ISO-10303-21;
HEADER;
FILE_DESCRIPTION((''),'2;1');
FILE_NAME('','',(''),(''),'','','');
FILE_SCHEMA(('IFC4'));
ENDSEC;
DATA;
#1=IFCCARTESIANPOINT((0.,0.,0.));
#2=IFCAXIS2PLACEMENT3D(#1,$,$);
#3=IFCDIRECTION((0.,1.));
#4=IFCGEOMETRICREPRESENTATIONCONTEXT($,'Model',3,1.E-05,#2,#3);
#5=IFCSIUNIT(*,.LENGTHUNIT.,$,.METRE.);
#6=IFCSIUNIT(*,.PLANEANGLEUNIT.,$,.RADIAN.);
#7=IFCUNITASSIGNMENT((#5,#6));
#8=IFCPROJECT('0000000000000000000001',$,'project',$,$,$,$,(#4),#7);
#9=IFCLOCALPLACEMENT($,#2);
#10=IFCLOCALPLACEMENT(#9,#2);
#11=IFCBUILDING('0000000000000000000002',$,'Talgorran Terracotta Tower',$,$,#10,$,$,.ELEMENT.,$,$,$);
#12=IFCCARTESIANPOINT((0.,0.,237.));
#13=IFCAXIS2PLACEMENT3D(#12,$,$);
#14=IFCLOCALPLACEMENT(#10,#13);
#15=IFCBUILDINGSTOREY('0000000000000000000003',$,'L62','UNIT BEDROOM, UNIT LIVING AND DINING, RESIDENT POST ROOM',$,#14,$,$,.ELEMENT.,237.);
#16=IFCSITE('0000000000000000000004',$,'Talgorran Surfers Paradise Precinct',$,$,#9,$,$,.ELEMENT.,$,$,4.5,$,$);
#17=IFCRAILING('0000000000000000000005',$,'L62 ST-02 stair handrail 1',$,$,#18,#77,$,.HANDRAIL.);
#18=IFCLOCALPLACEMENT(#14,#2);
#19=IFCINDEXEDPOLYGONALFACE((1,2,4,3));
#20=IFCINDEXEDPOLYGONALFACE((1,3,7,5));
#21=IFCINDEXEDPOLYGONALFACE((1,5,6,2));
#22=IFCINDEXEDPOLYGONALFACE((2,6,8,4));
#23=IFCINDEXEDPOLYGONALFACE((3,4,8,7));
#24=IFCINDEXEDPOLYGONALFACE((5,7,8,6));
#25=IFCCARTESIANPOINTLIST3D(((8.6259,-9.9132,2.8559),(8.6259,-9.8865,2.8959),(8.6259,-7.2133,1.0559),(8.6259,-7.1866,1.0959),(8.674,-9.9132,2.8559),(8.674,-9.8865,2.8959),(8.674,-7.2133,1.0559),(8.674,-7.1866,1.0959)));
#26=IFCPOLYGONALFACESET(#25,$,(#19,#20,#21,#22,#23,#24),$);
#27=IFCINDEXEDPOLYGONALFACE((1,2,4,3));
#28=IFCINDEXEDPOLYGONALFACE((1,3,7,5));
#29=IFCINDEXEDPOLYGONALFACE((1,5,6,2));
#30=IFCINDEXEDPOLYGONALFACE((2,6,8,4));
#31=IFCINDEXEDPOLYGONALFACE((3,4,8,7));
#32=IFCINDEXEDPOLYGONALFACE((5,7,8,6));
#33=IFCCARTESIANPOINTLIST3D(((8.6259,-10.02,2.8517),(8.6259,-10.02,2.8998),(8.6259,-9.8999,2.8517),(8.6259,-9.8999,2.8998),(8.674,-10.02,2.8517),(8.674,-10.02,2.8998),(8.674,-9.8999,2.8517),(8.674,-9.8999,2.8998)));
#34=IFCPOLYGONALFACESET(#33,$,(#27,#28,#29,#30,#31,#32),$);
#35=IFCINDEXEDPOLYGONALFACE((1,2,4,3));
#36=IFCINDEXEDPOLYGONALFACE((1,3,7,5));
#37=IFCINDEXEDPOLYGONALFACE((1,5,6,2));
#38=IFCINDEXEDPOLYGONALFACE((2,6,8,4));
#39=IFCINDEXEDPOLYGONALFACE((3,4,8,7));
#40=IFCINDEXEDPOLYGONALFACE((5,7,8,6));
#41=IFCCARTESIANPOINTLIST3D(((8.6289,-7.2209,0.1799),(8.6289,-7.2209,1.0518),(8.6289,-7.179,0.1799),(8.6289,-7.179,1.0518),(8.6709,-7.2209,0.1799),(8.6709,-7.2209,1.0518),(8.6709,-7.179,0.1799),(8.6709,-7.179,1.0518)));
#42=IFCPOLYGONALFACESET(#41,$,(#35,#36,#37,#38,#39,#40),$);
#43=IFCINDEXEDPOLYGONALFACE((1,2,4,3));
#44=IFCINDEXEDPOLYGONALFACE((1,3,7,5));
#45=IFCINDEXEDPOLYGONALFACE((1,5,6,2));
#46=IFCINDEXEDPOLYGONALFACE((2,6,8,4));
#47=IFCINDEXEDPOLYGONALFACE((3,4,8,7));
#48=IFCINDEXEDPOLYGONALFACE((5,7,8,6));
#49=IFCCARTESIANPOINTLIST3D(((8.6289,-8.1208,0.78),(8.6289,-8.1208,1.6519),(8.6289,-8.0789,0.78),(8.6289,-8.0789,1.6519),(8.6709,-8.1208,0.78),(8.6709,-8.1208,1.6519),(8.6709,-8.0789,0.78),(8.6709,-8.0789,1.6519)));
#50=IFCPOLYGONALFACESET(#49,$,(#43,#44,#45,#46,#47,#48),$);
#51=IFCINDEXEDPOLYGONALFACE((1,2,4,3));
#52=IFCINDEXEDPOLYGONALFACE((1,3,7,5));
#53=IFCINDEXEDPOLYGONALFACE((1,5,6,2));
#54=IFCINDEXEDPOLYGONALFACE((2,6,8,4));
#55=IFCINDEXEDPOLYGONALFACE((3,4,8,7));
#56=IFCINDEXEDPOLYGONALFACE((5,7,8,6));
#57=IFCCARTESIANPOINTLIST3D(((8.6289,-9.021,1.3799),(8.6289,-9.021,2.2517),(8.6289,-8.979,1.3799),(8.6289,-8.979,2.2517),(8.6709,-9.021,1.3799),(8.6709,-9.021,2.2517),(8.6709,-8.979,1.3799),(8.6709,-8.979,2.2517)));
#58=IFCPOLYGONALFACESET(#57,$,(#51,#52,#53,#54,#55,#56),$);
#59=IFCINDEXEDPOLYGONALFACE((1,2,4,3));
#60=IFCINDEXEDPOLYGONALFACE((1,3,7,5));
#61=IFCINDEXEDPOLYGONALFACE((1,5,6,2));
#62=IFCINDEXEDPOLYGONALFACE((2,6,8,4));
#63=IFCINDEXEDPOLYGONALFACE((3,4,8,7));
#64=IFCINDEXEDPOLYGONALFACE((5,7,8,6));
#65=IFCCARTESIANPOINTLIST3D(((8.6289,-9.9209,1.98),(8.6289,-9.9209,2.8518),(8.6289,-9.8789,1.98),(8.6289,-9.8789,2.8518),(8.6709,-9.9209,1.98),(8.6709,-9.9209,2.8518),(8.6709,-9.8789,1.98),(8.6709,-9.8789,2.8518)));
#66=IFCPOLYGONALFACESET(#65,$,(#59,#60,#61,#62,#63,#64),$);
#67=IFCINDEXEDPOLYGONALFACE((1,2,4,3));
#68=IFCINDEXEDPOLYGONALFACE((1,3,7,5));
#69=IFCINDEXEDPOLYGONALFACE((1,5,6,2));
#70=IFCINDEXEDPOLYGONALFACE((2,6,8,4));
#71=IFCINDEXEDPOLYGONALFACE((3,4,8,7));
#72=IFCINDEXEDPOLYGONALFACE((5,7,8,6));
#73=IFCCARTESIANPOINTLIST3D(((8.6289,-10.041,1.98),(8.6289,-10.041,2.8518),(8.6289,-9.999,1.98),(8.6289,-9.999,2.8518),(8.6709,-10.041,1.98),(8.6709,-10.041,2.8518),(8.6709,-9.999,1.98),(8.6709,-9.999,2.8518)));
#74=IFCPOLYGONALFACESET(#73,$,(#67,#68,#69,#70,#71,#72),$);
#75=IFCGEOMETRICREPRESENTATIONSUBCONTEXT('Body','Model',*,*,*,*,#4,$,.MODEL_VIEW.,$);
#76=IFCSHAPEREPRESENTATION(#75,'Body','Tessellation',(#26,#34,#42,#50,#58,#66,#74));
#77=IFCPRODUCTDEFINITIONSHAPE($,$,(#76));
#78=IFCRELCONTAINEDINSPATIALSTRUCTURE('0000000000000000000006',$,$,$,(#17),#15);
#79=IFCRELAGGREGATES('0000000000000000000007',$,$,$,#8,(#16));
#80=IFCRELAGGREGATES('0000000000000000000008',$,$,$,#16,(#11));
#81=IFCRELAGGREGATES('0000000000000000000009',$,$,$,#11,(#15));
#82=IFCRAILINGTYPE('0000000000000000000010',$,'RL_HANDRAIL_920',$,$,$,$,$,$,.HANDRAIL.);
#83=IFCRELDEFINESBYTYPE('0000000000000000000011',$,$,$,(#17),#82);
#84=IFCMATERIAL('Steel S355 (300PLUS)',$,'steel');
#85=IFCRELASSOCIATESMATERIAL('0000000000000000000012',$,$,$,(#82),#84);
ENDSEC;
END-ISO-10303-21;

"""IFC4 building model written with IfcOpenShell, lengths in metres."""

from ifc_helpers import new_model, si_unit, direction, frame, origin, origin_2d, place, context, subcontext, project, spatial, rectangle, extrude, material, type_object, element, save


model = new_model("IFC4")

# Units and contexts
model_context = context("Model", 3, precision=1e-05, world=origin(), true_north=direction((0.0, 1.0)))
body_context = subcontext(model_context, "Body", "Model", "MODEL_VIEW")
ifc_project = project(units=[si_unit("LENGTHUNIT", "METRE"), si_unit("PLANEANGLEUNIT", "RADIAN")], contexts=[model_context])

# Site, building, storey
site_placement = place(None, origin())
site = spatial("IfcSite", under=ifc_project, at=site_placement, Name="Talgorran Surfers Paradise Precinct", CompositionType="ELEMENT", RefElevation=4.5)
building_placement = place(site_placement, origin())
building = spatial("IfcBuilding", under=site, at=building_placement, Name="Talgorran Terracotta Tower", CompositionType="ELEMENT")
storey_placement = place(building_placement, frame((0.0, 0.0, 237.0)))
storey = spatial("IfcBuildingStorey", under=building, at=storey_placement, Name="L62", Description="UNIT BEDROOM, UNIT LIVING AND DINING, RESIDENT POST ROOM", CompositionType="ELEMENT", Elevation=237.0)

# Shared definitions
ifc_material_1 = material(Name="Steel S355 (300PLUS)", Category="steel")

# Railing
railing_type = type_object("IfcRailingType", Name="RL_HANDRAIL_920", PredefinedType="HANDRAIL", material=ifc_material_1)
railing_placement = place(storey_placement, frame((8.6499, -7.2, 0.1799)))
element("IfcRailing", 1, at=railing_placement, inside=storey, type_object=railing_type, Name="L62 ST-02 stair handrail 1", PredefinedType="HANDRAIL", context=body_context, shape_type="SweptSolid", body=[
    extrude(rectangle(XDim=0.0481, YDim=0.0481, at=origin_2d()), frame((0.0, 0.0, 0.896), z_axis=(0.0, -0.832039, 0.554718), x_axis=(1.0, 0.0, 0.0)), (0.0, 0.0, 1.0), 3.2449),
    extrude(rectangle(XDim=0.0481, YDim=0.0481, at=origin_2d()), frame((0.0, -2.7, 2.6958), z_axis=(0.0, -1.0, 0.0), x_axis=(1.0, 0.0, 0.0)), (0.0, 0.0, 1.0), 0.1201),
    extrude(rectangle(XDim=0.042, YDim=0.042, at=origin_2d()), origin(), (0.0, 0.0, 1.0), 0.8718),
    extrude(rectangle(XDim=0.042, YDim=0.042, at=origin_2d()), frame((0.0, -0.8999, 0.6001)), (0.0, 0.0, 1.0), 0.8718),
    extrude(rectangle(XDim=0.042, YDim=0.042, at=origin_2d()), frame((0.0, -1.8, 1.2)), (0.0, 0.0, 1.0), 0.8718),
    extrude(rectangle(XDim=0.042, YDim=0.042, at=origin_2d()), frame((0.0, -2.7, 1.8)), (0.0, 0.0, 1.0), 0.8718),
    extrude(rectangle(XDim=0.042, YDim=0.042, at=origin_2d()), frame((0.0, -2.8201, 1.8)), (0.0, 0.0, 1.0), 0.8718),
])

save(model, "model.ifc")
